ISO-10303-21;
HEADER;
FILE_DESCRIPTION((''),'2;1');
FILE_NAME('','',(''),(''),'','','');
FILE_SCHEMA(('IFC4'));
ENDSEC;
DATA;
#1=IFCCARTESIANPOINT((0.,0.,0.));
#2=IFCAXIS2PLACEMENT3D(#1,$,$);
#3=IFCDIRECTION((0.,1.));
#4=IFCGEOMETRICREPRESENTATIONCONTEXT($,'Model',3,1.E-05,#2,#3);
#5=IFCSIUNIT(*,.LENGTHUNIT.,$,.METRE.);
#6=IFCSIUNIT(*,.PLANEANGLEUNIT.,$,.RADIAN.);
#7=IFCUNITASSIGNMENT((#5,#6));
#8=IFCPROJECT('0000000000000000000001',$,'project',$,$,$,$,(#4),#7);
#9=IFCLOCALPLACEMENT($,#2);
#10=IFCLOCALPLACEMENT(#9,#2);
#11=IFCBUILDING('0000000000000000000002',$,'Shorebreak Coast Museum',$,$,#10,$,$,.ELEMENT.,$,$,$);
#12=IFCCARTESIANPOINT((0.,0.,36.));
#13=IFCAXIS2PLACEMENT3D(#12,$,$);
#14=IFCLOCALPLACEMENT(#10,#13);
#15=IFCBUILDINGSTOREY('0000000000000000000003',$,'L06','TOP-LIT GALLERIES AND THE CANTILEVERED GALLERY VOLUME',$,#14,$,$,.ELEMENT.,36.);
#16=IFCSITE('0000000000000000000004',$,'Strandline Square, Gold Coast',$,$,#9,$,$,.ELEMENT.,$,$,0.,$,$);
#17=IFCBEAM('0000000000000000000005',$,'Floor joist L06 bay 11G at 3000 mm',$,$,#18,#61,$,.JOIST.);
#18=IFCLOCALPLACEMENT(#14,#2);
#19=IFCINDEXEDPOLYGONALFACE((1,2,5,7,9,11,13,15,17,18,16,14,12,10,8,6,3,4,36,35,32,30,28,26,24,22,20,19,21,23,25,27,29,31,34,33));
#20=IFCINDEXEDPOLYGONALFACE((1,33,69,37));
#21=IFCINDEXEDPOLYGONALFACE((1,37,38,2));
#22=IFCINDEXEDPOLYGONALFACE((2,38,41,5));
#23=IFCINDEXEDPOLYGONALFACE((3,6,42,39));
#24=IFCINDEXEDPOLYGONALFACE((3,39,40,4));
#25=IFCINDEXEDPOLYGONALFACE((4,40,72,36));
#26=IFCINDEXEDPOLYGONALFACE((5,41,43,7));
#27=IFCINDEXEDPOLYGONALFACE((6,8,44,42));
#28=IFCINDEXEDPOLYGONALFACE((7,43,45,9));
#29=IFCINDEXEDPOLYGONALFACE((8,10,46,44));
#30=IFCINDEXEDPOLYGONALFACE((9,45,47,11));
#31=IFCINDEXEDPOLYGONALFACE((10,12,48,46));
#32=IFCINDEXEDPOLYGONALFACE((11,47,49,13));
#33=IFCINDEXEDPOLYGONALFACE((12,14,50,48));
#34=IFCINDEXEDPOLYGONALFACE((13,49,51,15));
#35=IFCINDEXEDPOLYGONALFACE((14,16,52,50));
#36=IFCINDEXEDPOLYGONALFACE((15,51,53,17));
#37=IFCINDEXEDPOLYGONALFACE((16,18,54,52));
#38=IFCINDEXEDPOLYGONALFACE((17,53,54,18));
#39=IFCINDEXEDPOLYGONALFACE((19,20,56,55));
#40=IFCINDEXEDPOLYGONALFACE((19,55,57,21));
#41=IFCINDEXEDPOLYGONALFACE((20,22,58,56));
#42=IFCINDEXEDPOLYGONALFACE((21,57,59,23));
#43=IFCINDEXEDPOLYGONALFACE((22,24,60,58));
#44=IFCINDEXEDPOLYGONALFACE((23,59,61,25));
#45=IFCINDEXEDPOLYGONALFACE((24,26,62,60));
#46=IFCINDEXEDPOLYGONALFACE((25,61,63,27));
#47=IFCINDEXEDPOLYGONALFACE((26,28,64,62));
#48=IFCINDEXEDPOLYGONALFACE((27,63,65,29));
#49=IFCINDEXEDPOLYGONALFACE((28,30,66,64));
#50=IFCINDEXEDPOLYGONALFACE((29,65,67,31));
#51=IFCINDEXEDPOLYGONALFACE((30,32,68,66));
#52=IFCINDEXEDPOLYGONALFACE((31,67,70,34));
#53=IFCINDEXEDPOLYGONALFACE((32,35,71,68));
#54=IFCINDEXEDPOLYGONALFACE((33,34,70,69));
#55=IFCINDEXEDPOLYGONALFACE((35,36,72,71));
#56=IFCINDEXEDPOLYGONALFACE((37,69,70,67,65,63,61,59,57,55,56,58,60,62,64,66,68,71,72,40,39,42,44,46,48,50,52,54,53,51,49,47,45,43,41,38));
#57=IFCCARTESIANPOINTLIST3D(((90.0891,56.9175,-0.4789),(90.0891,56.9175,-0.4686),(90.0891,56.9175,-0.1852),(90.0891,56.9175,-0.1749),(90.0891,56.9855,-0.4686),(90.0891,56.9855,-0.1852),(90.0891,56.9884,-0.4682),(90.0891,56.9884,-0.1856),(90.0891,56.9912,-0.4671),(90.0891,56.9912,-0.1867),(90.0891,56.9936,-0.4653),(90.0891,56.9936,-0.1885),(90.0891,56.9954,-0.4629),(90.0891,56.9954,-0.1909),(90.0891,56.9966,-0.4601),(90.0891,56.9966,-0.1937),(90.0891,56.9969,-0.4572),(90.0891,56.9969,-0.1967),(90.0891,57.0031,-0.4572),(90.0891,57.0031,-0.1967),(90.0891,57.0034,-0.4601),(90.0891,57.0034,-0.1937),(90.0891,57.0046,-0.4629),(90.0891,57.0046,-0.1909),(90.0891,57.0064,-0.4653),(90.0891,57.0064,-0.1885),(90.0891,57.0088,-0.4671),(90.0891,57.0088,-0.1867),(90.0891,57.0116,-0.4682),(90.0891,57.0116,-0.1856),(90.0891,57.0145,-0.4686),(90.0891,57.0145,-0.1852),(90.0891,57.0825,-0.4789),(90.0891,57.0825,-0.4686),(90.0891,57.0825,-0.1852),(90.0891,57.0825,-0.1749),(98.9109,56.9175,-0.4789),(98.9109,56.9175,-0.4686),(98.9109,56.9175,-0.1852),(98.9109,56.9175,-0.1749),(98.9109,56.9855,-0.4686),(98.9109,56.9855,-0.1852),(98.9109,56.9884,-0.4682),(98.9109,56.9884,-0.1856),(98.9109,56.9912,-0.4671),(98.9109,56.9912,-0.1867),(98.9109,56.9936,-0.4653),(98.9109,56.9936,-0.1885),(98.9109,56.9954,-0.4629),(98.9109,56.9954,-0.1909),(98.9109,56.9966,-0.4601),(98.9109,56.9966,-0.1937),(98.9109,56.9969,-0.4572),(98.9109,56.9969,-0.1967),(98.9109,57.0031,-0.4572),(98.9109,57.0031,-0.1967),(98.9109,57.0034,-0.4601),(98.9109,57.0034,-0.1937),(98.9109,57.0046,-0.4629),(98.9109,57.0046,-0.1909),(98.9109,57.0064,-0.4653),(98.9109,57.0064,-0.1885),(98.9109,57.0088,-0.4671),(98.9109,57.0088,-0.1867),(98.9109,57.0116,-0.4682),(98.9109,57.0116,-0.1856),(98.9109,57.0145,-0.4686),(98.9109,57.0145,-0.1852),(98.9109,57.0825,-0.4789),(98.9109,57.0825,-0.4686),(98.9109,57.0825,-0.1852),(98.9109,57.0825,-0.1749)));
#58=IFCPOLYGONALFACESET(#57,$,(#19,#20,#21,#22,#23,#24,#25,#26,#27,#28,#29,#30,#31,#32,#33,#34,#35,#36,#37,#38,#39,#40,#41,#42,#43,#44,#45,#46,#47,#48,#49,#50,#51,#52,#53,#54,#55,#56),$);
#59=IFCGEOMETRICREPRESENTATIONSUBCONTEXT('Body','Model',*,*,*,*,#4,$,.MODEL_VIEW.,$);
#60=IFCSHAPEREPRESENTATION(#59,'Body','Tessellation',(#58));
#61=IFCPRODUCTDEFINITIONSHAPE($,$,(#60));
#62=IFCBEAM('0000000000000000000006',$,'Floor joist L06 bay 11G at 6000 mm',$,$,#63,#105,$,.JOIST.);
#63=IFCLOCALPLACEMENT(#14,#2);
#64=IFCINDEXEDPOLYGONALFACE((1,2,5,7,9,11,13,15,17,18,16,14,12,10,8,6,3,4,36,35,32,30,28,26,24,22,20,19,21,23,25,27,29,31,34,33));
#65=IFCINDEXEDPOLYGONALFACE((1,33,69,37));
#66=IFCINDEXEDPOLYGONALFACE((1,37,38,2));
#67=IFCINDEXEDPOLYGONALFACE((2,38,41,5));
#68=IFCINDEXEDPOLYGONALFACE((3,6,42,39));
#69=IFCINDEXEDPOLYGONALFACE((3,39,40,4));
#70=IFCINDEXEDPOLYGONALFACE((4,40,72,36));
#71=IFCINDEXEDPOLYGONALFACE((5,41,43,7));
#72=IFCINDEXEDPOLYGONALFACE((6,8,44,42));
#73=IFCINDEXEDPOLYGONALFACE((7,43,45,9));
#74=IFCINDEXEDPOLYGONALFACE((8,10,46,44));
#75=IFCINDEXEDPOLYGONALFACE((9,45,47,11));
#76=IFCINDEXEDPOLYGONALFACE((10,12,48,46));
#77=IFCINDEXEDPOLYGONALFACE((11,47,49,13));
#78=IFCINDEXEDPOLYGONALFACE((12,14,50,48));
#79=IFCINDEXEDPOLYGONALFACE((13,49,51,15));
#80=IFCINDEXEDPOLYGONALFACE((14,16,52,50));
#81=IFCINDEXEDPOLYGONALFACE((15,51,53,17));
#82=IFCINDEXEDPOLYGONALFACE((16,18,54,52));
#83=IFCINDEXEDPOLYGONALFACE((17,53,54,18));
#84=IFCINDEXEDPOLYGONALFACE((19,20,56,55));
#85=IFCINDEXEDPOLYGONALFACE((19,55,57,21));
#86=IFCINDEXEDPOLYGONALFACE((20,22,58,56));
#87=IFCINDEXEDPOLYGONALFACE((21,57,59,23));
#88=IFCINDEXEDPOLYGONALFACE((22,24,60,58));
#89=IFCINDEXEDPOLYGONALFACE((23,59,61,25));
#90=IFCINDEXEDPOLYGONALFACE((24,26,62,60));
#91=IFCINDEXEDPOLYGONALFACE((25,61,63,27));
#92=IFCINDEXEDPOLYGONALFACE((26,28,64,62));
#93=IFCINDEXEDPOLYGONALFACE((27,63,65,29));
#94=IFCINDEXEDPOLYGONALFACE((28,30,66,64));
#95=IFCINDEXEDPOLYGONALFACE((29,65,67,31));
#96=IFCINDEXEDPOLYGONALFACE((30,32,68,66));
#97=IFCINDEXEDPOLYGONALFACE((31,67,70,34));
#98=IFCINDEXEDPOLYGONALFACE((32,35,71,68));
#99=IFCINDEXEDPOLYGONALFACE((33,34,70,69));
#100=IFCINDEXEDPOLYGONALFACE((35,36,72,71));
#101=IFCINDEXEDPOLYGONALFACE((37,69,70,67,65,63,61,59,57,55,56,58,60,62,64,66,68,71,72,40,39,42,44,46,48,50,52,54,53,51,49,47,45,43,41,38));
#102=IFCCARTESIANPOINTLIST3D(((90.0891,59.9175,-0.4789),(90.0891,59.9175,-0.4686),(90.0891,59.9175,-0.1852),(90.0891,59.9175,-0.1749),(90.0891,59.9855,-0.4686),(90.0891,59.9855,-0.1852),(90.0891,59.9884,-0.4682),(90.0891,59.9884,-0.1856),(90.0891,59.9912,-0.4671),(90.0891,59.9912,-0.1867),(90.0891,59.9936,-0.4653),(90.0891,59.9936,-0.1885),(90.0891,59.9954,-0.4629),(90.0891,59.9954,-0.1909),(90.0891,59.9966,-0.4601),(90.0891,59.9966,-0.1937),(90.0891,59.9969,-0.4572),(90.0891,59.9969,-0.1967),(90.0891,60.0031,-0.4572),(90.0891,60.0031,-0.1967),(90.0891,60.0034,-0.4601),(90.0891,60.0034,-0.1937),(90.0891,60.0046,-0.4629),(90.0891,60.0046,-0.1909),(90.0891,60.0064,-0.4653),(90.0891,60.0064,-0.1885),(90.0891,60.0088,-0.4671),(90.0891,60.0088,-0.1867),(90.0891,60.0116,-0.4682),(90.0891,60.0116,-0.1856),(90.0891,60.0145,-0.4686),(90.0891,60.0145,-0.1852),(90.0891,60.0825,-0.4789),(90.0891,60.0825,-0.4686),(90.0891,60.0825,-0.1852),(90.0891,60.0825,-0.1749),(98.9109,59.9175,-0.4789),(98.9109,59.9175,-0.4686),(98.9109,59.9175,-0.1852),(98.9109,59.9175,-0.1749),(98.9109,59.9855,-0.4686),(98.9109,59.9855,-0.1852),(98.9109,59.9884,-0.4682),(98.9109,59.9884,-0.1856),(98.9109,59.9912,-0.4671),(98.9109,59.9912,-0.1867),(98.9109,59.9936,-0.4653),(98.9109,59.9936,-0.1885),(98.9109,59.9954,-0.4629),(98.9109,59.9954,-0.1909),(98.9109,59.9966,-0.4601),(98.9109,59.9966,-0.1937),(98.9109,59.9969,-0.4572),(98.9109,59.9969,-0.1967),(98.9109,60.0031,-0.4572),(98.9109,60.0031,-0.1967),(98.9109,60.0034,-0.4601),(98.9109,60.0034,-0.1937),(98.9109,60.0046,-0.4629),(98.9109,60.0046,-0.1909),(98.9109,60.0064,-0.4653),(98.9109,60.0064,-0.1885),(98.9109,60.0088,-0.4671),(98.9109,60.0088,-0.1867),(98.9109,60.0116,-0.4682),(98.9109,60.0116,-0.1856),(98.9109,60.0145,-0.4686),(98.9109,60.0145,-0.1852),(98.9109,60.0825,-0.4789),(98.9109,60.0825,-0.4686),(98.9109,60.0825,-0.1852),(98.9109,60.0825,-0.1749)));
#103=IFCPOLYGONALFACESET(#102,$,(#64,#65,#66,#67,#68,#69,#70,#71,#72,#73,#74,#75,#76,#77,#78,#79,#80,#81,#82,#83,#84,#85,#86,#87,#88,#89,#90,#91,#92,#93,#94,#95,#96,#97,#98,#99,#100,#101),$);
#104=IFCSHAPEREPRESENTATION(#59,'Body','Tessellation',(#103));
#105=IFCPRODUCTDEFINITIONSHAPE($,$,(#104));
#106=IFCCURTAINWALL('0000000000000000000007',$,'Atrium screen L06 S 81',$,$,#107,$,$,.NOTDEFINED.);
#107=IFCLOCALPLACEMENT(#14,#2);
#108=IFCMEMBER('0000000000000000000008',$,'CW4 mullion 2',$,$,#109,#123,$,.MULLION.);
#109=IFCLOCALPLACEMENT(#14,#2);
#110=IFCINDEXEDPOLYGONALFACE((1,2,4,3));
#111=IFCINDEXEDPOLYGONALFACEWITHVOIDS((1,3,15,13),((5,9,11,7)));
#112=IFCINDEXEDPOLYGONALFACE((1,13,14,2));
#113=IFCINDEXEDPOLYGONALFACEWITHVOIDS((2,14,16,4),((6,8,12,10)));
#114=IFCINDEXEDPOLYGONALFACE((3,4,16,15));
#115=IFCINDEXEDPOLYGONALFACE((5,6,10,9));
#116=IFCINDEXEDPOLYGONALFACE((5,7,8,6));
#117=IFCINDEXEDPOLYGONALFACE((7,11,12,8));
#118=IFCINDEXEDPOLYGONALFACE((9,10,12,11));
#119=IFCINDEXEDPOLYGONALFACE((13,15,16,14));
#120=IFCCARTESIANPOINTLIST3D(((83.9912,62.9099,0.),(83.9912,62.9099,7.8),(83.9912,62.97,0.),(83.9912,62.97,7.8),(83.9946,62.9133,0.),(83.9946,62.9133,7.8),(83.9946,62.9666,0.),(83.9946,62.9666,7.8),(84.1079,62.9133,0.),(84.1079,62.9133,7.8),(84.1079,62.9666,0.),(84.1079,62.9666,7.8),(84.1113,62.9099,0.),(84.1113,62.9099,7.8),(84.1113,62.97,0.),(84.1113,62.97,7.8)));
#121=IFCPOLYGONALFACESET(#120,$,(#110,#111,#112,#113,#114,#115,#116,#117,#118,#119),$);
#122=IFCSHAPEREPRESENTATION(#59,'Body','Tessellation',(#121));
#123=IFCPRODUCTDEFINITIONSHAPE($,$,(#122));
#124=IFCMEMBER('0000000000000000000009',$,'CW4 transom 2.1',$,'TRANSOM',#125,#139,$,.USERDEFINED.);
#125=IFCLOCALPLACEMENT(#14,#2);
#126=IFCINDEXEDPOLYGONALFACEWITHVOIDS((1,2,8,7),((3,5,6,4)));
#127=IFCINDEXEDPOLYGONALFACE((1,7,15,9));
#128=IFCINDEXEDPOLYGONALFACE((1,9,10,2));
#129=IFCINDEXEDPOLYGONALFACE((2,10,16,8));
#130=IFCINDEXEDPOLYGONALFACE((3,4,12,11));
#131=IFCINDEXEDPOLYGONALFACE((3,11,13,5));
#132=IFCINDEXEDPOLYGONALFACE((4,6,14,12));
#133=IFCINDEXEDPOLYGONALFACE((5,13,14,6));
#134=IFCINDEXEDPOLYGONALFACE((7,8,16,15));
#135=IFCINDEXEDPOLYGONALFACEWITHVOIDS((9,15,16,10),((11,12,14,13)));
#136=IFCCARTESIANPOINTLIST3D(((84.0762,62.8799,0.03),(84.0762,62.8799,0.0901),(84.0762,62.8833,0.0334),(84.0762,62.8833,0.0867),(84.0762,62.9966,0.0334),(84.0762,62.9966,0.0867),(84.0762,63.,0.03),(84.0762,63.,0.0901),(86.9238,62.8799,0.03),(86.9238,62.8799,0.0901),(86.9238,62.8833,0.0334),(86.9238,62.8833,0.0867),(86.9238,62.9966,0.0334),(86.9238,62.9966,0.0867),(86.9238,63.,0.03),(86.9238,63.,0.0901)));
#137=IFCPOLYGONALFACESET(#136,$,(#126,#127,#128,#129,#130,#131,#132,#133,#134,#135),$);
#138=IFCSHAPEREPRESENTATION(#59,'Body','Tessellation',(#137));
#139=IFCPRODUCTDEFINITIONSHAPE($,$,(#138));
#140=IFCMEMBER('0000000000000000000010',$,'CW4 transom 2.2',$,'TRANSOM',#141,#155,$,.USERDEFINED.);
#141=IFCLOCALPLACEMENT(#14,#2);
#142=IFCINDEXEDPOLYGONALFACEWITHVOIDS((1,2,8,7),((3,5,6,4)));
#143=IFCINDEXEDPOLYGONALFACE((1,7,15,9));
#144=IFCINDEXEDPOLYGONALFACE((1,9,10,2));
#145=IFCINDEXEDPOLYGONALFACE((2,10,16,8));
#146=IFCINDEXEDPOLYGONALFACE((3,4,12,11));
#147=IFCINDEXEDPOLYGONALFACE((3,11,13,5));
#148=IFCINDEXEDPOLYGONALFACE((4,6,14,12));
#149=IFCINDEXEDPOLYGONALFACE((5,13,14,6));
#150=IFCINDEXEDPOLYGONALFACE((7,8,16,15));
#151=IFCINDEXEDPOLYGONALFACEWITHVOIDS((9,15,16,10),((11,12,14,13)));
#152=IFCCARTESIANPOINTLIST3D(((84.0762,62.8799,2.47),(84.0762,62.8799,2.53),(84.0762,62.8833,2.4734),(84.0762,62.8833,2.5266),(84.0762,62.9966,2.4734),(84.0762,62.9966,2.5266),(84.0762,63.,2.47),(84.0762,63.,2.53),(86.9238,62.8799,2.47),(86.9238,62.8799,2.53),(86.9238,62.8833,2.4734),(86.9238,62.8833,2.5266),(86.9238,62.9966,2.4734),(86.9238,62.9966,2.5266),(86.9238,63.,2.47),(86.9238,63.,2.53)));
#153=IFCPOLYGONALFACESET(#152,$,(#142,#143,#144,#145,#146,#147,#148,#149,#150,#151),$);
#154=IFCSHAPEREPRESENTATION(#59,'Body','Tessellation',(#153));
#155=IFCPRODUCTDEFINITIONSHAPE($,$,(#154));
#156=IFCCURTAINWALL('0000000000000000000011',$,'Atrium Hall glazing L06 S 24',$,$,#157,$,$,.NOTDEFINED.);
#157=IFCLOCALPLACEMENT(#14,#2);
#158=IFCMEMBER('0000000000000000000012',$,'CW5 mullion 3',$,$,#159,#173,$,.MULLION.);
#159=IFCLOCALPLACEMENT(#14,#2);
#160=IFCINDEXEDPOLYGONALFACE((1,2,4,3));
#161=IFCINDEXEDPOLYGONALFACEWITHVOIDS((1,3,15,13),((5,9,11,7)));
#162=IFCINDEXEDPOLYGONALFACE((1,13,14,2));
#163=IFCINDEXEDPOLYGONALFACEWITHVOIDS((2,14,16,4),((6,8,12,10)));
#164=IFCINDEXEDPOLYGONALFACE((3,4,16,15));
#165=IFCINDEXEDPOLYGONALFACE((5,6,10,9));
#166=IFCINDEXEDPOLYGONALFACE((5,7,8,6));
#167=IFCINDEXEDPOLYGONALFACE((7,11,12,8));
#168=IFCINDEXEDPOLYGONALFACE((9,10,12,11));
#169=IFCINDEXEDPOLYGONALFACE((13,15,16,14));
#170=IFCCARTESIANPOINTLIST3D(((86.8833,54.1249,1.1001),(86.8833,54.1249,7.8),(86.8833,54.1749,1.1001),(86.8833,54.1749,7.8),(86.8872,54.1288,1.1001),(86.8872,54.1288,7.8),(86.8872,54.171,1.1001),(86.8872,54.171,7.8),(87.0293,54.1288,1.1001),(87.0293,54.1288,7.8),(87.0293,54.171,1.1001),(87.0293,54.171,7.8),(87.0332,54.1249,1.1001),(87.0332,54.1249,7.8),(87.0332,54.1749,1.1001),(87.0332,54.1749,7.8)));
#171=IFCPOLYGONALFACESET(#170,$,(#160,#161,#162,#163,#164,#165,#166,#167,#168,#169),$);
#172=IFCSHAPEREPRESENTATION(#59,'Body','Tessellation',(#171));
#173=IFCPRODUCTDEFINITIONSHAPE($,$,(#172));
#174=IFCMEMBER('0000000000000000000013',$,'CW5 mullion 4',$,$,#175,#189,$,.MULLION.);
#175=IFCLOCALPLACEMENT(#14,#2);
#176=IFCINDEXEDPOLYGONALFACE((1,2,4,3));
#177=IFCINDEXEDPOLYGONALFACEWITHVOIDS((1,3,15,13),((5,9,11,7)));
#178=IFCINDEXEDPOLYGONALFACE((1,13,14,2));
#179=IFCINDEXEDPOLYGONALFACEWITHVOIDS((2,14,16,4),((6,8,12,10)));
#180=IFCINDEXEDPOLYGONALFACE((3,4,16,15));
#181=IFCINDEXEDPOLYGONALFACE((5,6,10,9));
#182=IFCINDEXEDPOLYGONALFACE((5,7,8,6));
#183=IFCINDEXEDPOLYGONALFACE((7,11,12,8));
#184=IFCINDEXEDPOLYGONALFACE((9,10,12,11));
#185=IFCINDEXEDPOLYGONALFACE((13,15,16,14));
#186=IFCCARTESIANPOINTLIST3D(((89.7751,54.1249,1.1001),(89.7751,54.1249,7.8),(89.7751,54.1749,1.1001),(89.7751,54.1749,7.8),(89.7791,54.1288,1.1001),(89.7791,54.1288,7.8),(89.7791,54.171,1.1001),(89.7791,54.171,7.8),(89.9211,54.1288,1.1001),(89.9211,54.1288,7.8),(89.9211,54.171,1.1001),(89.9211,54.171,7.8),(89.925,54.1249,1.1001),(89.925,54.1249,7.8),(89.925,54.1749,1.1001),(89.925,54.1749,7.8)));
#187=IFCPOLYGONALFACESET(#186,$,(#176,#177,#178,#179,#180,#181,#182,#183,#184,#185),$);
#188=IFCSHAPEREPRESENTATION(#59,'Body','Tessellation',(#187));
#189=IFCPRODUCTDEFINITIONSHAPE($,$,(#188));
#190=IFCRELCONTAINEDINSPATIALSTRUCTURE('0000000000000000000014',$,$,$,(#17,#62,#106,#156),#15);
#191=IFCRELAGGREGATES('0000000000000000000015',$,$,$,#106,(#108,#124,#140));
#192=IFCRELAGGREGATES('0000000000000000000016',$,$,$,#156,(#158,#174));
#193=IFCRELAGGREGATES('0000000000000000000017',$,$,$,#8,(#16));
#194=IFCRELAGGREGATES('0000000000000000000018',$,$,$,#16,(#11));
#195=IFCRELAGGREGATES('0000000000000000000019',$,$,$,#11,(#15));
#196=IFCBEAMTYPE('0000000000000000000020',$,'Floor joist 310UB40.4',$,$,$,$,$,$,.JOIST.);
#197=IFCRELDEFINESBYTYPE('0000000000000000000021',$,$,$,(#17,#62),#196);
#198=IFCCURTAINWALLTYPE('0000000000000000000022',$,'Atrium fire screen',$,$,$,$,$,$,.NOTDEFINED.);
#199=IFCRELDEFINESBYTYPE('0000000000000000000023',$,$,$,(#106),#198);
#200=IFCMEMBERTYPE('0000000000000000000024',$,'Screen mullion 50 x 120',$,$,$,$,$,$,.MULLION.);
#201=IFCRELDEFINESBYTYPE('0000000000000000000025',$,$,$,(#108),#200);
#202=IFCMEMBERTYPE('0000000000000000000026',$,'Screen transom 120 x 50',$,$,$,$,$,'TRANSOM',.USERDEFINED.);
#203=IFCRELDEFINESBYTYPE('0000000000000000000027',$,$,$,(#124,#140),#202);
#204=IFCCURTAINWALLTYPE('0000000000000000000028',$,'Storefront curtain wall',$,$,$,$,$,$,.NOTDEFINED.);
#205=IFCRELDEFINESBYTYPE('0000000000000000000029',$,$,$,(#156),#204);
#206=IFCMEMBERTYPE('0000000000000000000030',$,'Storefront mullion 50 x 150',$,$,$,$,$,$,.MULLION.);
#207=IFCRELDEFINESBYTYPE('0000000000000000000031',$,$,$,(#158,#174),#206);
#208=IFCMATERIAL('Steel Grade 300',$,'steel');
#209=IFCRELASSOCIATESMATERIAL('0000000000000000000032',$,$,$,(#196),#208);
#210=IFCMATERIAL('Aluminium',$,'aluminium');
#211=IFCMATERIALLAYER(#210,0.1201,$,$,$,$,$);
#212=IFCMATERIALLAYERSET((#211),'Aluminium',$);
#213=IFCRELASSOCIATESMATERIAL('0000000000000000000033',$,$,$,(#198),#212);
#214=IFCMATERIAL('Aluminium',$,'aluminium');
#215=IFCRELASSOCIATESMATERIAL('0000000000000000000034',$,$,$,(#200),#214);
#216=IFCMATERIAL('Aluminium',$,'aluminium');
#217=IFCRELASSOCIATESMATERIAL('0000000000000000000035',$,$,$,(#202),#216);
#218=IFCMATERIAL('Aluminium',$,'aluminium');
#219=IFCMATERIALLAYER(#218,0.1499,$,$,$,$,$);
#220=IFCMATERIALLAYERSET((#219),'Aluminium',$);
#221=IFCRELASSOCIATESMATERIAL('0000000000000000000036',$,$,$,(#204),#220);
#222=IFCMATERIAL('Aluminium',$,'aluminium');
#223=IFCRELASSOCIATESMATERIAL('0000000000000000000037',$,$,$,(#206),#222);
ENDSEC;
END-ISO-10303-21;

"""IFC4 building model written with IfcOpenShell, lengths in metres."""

from ifc_helpers import new_model, si_unit, direction, frame, origin, origin_2d, place, context, subcontext, project, spatial, hollow_rectangle, i_section, extrude, material, layer, layer_set, material_profile, profile_set, type_object, element, aggregate, save


model = new_model("IFC4")

# Units and contexts
model_context = context("Model", 3, precision=1e-05, world=origin(), true_north=direction((0.0, 1.0)))
body_context = subcontext(model_context, "Body", "Model", "MODEL_VIEW")
ifc_project = project(units=[si_unit("LENGTHUNIT", "METRE"), si_unit("PLANEANGLEUNIT", "RADIAN")], contexts=[model_context])

# Site, building, storey
site_placement = place(None, origin())
site = spatial("IfcSite", under=ifc_project, at=site_placement, Name="Strandline Square, Gold Coast", CompositionType="ELEMENT", RefElevation=0.0)
building_placement = place(site_placement, origin())
building = spatial("IfcBuilding", under=site, at=building_placement, Name="Shorebreak Coast Museum", CompositionType="ELEMENT")
storey_placement = place(building_placement, frame((0.0, 0.0, 36.0)))
storey = spatial("IfcBuildingStorey", under=building, at=storey_placement, Name="L06", Description="TOP-LIT GALLERIES AND THE CANTILEVERED GALLERY VOLUME", CompositionType="ELEMENT", Elevation=36.0)

# Beams
ifc_material_1 = material(Name="Steel Grade 300", Category="steel")
ifc_material_profile_1 = material_profile(ifc_material_1, i_section(OverallWidth=0.165, OverallDepth=0.304, WebThickness=0.0061, FlangeThickness=0.0103, FilletRadius=0.0115, at=origin_2d()), Name="310UB40.4")
ifc_profile_set_1 = profile_set([ifc_material_profile_1], Name="Steel Grade 300")
beam_type_1 = type_object("IfcBeamType", Name="Floor joist 310UB40.4", PredefinedType="JOIST", material=ifc_profile_set_1)
for number, where, z_axis, x_axis, name in (
    (1, (90.0891, 57.0, -0.3269), (1.0, 0.0, 0.0), (0.0, 1.0, 0.0), "Floor joist L06 bay 11G at 3000 mm"),
    (2, (90.0891, 60.0, -0.3269), (1.0, 0.0, 0.0), (0.0, 1.0, 0.0), "Floor joist L06 bay 11G at 6000 mm"),
):
    element("IfcBeam", number, at=place(storey_placement, frame(where, z_axis=z_axis, x_axis=x_axis)), inside=storey, type_object=beam_type_1, Name=name, PredefinedType="JOIST", context=body_context, shape_type="SweptSolid", body=[
        extrude(i_section(OverallWidth=0.165, OverallDepth=0.304, WebThickness=0.0061, FlangeThickness=0.0103, FilletRadius=0.0115, at=origin_2d()), origin(), (0.0, 0.0, 1.0), 8.8218),
    ])

# Curtain walls, members
ifc_material_2 = material(Name="Aluminium", Category="aluminium")
ifc_layer_1 = layer(ifc_material_2, 0.1201)
ifc_layer_set_1 = layer_set([ifc_layer_1], Name="Aluminium")
curtain_wall_type_1 = type_object("IfcCurtainWallType", Name="Atrium fire screen", PredefinedType="NOTDEFINED", material=ifc_layer_set_1)
curtain_wall_1_placement = place(storey_placement, origin())
curtain_wall_1 = element("IfcCurtainWall", 3, at=curtain_wall_1_placement, inside=storey, type_object=curtain_wall_type_1, Name="Atrium screen L06 S 81", PredefinedType="NOTDEFINED")
ifc_material_3 = material(Name="Aluminium", Category="aluminium")
ifc_material_profile_2 = material_profile(ifc_material_3, hollow_rectangle(XDim=0.0601, YDim=0.1201, WallThickness=0.0034, at=origin_2d()), Name="AL 120x60 RHS")
ifc_profile_set_2 = profile_set([ifc_material_profile_2], Name="Aluminium")
member_type_1 = type_object("IfcMemberType", Name="Screen mullion 50 x 120", PredefinedType="MULLION", material=ifc_profile_set_2)
member_1_placement = place(storey_placement, frame((84.0513, 62.9399, 0.0), z_axis=(0.0, 0.0, 1.0), x_axis=(0.0, 1.0, 0.0)))
member_1 = element("IfcMember", 4, at=member_1_placement, type_object=member_type_1, Name="CW4 mullion 2", PredefinedType="MULLION", context=body_context, shape_type="SweptSolid", body=[
    extrude(hollow_rectangle(XDim=0.0601, YDim=0.1201, WallThickness=0.0034, at=origin_2d()), origin(), (0.0, 0.0, 1.0), 7.8),
])
ifc_material_4 = material(Name="Aluminium", Category="aluminium")
ifc_material_profile_3 = material_profile(ifc_material_4, hollow_rectangle(XDim=0.1201, YDim=0.0601, WallThickness=0.0034, at=origin_2d()), Name="AL 60x120 RHS")
ifc_profile_set_3 = profile_set([ifc_material_profile_3], Name="Aluminium")
member_type_2 = type_object("IfcMemberType", Name="Screen transom 120 x 50", ElementType="TRANSOM", PredefinedType="USERDEFINED", material=ifc_profile_set_3)
member_2_placement = place(storey_placement, frame((84.0762, 62.9399, 0.0601), z_axis=(1.0, 0.0, 0.0), x_axis=(0.0, 1.0, 0.0)))
member_2 = element("IfcMember", 5, at=member_2_placement, type_object=member_type_2, Name="CW4 transom 2.1", ObjectType="TRANSOM", PredefinedType="USERDEFINED", context=body_context, shape_type="SweptSolid", body=[
    extrude(hollow_rectangle(XDim=0.1201, YDim=0.0601, WallThickness=0.0034, at=origin_2d()), origin(), (0.0, 0.0, 1.0), 2.8477),
])
member_3_placement = place(storey_placement, frame((84.0762, 62.9399, 2.5), z_axis=(1.0, 0.0, 0.0), x_axis=(0.0, 1.0, 0.0)))
member_3 = element("IfcMember", 6, at=member_3_placement, type_object=member_type_2, Name="CW4 transom 2.2", ObjectType="TRANSOM", PredefinedType="USERDEFINED", context=body_context, shape_type="SweptSolid", body=[
    extrude(hollow_rectangle(XDim=0.1201, YDim=0.0601, WallThickness=0.0034, at=origin_2d()), origin(), (0.0, 0.0, 1.0), 2.8477),
])
aggregate(curtain_wall_1, [member_1, member_2, member_3])
ifc_material_5 = material(Name="Aluminium", Category="aluminium")
ifc_layer_2 = layer(ifc_material_5, 0.1499)
ifc_layer_set_2 = layer_set([ifc_layer_2], Name="Aluminium")
curtain_wall_type_2 = type_object("IfcCurtainWallType", Name="Storefront curtain wall", PredefinedType="NOTDEFINED", material=ifc_layer_set_2)
curtain_wall_2_placement = place(storey_placement, origin())
curtain_wall_2 = element("IfcCurtainWall", 7, at=curtain_wall_2_placement, inside=storey, type_object=curtain_wall_type_2, Name="Atrium Hall glazing L06 S 24", PredefinedType="NOTDEFINED")
ifc_material_6 = material(Name="Aluminium", Category="aluminium")
ifc_material_profile_4 = material_profile(ifc_material_6, hollow_rectangle(XDim=0.05, YDim=0.1499, WallThickness=0.0039, at=origin_2d()), Name="AL 150x50 RHS")
ifc_profile_set_4 = profile_set([ifc_material_profile_4], Name="Aluminium")
member_type_3 = type_object("IfcMemberType", Name="Storefront mullion 50 x 150", PredefinedType="MULLION", material=ifc_profile_set_4)
member_4_placement = place(storey_placement, frame((86.9583, 54.1499, 1.1001), z_axis=(0.0, 0.0, 1.0), x_axis=(0.0, 1.0, 0.0)))
member_4 = element("IfcMember", 8, at=member_4_placement, type_object=member_type_3, Name="CW5 mullion 3", PredefinedType="MULLION", context=body_context, shape_type="SweptSolid", body=[
    extrude(hollow_rectangle(XDim=0.05, YDim=0.1499, WallThickness=0.0039, at=origin_2d()), origin(), (0.0, 0.0, 1.0), 6.7),
])
member_5_placement = place(storey_placement, frame((89.8501, 54.1499, 1.1001), z_axis=(0.0, 0.0, 1.0), x_axis=(0.0, 1.0, 0.0)))
member_5 = element("IfcMember", 9, at=member_5_placement, type_object=member_type_3, Name="CW5 mullion 4", PredefinedType="MULLION", context=body_context, shape_type="SweptSolid", body=[
    extrude(hollow_rectangle(XDim=0.05, YDim=0.1499, WallThickness=0.0039, at=origin_2d()), origin(), (0.0, 0.0, 1.0), 6.7),
])

aggregate(curtain_wall_2, [member_4, member_5])

save(model, "model.ifc")
